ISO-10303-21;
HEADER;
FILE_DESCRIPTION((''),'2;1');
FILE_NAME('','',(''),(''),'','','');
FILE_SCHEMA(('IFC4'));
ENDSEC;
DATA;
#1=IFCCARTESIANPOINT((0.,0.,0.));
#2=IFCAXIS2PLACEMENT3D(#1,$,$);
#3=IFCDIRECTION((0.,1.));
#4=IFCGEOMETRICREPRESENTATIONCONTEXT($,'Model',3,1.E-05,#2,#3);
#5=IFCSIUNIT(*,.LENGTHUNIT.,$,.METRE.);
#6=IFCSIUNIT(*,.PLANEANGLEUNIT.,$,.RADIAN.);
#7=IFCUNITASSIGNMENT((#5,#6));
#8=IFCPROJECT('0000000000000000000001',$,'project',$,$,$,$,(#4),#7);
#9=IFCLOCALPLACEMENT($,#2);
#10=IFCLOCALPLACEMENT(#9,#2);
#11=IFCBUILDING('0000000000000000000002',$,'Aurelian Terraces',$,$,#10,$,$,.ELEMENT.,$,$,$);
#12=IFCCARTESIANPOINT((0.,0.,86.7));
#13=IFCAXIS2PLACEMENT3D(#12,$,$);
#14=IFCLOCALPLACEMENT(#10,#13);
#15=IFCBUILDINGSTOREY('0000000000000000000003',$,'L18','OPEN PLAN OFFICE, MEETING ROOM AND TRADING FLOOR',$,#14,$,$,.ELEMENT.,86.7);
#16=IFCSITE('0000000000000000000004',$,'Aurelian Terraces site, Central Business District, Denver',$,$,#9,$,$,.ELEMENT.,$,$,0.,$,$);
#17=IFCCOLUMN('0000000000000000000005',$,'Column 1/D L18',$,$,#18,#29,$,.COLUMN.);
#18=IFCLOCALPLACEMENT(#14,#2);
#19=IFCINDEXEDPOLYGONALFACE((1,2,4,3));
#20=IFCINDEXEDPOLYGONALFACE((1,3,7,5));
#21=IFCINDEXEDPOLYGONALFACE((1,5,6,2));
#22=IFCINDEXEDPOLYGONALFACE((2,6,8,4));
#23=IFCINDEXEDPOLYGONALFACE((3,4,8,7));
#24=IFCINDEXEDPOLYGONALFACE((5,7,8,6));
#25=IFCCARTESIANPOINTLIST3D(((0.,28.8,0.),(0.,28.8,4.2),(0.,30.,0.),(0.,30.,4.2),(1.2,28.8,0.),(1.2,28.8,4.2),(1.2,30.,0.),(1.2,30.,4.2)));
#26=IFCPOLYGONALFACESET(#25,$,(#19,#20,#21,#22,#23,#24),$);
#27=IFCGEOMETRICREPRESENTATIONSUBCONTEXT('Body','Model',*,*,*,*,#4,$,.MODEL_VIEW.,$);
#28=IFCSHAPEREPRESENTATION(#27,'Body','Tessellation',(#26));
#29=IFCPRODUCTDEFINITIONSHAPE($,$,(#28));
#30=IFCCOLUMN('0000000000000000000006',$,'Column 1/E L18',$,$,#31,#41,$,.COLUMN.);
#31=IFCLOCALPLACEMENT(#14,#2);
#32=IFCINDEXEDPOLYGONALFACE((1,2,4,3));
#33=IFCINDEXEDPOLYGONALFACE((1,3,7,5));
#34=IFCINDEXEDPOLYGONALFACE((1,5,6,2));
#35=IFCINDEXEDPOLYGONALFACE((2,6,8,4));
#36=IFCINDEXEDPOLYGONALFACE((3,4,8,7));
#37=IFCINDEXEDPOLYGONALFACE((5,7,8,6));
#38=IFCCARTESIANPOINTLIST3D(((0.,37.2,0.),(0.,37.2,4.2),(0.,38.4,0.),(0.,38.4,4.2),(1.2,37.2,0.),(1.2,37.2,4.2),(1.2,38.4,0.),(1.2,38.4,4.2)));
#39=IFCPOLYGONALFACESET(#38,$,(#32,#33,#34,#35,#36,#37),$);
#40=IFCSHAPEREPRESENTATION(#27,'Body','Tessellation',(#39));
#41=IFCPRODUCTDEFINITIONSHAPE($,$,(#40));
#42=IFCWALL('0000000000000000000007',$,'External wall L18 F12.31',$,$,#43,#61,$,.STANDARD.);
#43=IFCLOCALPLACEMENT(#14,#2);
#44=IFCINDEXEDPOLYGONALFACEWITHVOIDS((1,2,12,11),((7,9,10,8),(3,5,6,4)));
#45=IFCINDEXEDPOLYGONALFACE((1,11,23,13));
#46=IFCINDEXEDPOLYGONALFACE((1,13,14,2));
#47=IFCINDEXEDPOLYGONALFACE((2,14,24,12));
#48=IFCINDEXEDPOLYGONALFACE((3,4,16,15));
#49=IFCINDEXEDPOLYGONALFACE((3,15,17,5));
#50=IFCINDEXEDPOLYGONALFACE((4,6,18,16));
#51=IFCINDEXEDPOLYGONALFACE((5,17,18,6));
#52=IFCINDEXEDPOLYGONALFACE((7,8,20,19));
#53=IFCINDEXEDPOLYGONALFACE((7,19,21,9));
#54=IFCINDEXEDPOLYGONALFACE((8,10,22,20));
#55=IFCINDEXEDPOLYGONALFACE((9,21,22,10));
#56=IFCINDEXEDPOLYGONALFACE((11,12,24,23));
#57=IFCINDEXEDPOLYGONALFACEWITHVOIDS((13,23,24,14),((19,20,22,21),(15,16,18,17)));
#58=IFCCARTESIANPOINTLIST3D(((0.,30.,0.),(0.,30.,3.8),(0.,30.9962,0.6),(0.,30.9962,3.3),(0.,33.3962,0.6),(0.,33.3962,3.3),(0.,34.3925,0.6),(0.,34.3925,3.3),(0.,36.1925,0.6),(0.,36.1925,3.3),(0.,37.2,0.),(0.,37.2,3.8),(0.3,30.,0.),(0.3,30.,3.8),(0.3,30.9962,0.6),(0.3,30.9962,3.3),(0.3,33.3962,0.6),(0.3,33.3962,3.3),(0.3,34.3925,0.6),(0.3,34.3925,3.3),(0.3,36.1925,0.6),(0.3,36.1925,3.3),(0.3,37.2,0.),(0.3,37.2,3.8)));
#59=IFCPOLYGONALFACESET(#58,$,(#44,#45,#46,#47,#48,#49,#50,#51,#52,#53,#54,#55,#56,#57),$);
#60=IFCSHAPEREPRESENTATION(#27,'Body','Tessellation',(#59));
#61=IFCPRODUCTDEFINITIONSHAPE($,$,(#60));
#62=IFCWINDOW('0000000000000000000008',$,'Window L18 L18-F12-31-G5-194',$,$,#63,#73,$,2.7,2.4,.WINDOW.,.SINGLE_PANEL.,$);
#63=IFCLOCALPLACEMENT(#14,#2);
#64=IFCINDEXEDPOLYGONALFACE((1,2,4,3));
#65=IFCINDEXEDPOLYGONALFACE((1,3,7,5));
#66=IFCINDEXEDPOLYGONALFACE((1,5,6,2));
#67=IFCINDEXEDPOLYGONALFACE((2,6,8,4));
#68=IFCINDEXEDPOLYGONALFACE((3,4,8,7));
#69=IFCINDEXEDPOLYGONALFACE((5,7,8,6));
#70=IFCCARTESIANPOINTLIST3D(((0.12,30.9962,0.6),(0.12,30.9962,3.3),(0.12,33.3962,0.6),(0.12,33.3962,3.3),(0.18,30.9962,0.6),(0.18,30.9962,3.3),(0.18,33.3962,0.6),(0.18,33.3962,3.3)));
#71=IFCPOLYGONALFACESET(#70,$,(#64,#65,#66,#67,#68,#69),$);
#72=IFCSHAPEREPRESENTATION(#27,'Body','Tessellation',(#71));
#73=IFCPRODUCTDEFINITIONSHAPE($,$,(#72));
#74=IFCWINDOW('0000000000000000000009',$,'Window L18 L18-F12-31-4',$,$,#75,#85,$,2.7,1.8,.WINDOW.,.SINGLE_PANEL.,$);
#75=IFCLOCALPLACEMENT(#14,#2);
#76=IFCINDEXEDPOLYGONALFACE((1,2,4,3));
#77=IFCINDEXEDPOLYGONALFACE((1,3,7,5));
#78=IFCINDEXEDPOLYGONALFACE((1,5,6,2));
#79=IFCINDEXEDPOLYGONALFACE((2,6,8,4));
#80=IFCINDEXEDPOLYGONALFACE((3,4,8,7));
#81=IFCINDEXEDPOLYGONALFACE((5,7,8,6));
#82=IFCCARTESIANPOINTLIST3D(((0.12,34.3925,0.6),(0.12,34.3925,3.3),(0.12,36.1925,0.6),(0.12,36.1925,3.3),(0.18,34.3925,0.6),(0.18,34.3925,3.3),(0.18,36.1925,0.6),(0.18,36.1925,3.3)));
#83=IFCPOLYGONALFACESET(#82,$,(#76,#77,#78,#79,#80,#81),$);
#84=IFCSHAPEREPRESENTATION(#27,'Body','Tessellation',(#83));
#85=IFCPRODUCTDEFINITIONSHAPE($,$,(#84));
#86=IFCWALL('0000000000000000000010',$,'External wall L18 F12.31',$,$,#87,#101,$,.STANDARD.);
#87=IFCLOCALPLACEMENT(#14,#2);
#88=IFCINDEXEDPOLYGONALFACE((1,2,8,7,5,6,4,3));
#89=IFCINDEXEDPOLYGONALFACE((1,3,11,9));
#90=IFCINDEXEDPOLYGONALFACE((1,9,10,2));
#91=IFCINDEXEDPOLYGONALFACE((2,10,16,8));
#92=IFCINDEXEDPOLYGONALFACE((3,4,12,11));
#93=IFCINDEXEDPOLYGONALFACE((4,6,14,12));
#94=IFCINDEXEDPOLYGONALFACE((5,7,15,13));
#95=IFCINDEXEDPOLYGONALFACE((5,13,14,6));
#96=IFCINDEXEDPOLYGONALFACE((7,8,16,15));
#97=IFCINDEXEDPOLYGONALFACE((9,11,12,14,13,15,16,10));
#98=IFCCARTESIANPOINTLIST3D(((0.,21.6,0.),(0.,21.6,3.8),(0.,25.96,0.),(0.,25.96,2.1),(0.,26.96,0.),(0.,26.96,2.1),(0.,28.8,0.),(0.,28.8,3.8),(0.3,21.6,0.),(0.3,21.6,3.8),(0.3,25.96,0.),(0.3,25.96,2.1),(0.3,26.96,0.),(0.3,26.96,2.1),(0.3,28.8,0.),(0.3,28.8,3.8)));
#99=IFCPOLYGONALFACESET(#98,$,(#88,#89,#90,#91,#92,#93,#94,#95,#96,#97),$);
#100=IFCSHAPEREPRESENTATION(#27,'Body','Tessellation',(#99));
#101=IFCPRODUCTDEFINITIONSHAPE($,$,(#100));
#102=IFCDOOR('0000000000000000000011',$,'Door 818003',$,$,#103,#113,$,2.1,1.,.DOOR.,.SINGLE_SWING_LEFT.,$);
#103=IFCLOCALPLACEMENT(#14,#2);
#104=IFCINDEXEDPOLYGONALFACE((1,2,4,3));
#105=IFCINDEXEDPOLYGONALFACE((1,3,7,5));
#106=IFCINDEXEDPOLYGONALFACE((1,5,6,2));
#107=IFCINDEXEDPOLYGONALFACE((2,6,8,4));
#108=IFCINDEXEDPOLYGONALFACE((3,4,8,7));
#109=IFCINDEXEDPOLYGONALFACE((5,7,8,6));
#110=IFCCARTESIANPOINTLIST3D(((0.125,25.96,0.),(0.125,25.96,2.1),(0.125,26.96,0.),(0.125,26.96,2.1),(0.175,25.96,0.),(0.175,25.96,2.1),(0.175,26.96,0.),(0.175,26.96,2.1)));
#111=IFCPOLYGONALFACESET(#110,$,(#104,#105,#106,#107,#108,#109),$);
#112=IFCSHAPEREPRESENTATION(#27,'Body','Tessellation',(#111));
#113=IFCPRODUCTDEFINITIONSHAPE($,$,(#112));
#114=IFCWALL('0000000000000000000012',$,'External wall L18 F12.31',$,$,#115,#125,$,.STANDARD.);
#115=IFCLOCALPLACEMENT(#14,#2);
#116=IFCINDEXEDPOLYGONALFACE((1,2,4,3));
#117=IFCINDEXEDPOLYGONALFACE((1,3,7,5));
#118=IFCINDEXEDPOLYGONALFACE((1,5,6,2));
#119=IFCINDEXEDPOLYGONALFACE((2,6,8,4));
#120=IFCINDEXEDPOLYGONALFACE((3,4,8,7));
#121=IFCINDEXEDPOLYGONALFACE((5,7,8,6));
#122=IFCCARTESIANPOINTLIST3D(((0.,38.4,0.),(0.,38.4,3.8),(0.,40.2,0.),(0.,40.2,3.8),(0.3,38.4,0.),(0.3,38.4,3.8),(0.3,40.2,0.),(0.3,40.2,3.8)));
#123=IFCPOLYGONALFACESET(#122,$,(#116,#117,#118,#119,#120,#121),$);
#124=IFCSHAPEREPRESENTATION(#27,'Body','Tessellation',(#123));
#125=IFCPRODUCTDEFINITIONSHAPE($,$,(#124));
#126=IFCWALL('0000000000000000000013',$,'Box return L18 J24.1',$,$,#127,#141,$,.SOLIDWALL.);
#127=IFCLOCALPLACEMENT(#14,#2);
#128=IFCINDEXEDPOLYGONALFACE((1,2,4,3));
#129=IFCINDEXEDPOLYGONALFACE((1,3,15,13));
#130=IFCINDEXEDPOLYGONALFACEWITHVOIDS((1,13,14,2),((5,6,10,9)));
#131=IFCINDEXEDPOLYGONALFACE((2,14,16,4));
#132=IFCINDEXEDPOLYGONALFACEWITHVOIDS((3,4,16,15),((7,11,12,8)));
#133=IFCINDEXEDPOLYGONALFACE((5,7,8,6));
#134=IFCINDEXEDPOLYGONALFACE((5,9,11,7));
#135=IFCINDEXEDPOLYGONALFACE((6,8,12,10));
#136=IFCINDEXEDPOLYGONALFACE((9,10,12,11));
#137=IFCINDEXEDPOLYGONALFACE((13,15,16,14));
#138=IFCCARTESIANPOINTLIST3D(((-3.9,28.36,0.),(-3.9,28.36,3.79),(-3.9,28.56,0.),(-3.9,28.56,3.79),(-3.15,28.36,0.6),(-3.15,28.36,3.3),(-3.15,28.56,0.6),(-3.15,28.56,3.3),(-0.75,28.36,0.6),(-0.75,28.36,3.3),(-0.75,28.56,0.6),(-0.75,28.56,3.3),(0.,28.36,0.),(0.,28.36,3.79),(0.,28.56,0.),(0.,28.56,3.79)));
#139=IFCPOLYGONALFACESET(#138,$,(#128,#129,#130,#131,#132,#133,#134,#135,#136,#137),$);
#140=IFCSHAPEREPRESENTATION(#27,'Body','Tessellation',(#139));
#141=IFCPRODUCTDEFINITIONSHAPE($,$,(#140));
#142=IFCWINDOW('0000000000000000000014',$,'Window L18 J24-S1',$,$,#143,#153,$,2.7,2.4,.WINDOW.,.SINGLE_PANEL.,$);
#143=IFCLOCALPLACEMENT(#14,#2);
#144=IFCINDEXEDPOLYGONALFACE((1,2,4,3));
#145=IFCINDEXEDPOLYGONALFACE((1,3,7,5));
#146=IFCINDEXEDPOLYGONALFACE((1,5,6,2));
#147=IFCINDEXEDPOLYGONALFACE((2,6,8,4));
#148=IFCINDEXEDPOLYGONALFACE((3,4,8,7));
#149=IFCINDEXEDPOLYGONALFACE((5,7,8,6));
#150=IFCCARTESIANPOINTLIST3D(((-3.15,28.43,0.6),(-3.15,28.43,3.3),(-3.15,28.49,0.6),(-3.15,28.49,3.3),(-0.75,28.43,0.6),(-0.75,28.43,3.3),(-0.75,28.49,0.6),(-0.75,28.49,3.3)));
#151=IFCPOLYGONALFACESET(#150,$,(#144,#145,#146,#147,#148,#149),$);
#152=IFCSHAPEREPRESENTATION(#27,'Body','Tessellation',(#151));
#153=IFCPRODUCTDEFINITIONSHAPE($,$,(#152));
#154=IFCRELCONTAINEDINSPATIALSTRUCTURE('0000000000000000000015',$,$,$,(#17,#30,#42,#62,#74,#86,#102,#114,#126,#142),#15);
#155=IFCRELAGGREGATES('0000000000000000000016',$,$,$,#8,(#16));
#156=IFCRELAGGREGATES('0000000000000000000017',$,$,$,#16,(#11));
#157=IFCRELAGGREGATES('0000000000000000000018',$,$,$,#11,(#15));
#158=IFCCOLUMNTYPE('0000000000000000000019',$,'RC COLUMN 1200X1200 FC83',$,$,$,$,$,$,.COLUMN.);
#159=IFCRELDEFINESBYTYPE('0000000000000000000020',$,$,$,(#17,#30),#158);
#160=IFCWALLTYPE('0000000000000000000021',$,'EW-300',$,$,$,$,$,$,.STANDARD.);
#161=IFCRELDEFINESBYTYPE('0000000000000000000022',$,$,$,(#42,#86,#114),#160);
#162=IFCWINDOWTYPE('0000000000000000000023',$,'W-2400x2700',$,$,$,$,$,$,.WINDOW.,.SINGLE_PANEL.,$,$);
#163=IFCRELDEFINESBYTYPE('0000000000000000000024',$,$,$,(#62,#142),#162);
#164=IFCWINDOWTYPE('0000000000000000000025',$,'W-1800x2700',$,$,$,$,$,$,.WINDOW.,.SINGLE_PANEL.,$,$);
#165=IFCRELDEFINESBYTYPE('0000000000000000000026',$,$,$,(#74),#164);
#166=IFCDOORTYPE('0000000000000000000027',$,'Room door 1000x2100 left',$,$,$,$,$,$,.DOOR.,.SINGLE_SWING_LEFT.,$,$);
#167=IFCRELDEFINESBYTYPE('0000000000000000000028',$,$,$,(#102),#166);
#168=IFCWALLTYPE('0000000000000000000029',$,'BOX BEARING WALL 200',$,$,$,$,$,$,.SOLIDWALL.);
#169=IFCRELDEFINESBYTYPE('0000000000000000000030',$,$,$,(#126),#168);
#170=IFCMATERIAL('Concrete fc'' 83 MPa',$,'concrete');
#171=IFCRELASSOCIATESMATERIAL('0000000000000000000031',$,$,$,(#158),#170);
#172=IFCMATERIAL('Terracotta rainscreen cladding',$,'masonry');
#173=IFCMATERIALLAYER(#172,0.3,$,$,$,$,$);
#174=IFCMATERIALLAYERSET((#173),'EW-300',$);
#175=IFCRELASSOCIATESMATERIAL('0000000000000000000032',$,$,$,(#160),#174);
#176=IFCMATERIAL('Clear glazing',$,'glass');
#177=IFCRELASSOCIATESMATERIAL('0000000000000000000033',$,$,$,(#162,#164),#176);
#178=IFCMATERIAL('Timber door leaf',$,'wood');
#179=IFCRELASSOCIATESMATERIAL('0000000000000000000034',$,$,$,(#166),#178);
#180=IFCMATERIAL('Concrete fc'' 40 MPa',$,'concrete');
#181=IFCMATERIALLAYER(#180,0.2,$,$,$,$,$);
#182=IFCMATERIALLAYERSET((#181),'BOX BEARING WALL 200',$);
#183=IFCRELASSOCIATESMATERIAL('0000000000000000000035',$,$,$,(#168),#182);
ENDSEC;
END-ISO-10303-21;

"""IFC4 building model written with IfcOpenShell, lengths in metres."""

from ifc_helpers import new_model, si_unit, direction, frame, frame_2d, origin, origin_2d, place, context, subcontext, project, spatial, rectangle, extrude, source, transform, mapped, material, layer, layer_set, material_profile, profile_set, type_object, element, fill, save


model = new_model("IFC4")

# Units and contexts
model_context = context("Model", 3, precision=1e-05, world=origin(), true_north=direction((0.0, 1.0)))
body_context = subcontext(model_context, "Body", "Model", "MODEL_VIEW")
ifc_project = project(units=[si_unit("LENGTHUNIT", "METRE"), si_unit("PLANEANGLEUNIT", "RADIAN")], contexts=[model_context])

# Site, building, storey
site_placement = place(None, origin())
site = spatial("IfcSite", under=ifc_project, at=site_placement, Name="Aurelian Terraces site, Central Business District, Denver", CompositionType="ELEMENT", RefElevation=0.0)
building_placement = place(site_placement, origin())
building = spatial("IfcBuilding", under=site, at=building_placement, Name="Aurelian Terraces", CompositionType="ELEMENT")
storey_placement = place(building_placement, frame((0.0, 0.0, 86.7)))
storey = spatial("IfcBuildingStorey", under=building, at=storey_placement, Name="L18", Description="OPEN PLAN OFFICE, MEETING ROOM AND TRADING FLOOR", CompositionType="ELEMENT", Elevation=86.7)

# Columns
ifc_material_1 = material(Name="Concrete fc' 83 MPa", Category="concrete")
ifc_material_profile = material_profile(ifc_material_1, rectangle(XDim=1.2, YDim=1.2, at=origin_2d()))
ifc_profile_set = profile_set([ifc_material_profile], Name="Concrete fc' 83 MPa")
column_type = type_object("IfcColumnType", Name="RC COLUMN 1200X1200 FC83", PredefinedType="COLUMN", material=ifc_profile_set)
shared_shape_1 = source(origin(), body_context, "Body", "SweptSolid", [
    extrude(rectangle(XDim=1.2, YDim=1.2, at=origin_2d()), origin(), (0.0, 0.0, 1.0), 4.2),
])
for number, where, z_axis, x_axis, name in (
    (1, (0.6, 29.4, 0.0), (0.0, 0.0, 1.0), (1.0, 0.0, 0.0), "Column 1/D L18"),
    (2, (0.6, 37.8, 0.0), (0.0, 0.0, 1.0), (1.0, 0.0, 0.0), "Column 1/E L18"),
):
    element("IfcColumn", number, at=place(storey_placement, frame(where, z_axis=z_axis, x_axis=x_axis)), inside=storey, type_object=column_type, Name=name, PredefinedType="COLUMN", context=body_context, shape_type="MappedRepresentation", body=[
        mapped(shared_shape_1, transform((0.0, 0.0, 0.0), scale=1.0)),
    ])

# Wall, openings, windows
ifc_material_2 = material(Name="Terracotta rainscreen cladding", Category="masonry")
ifc_layer_1 = layer(ifc_material_2, 0.3)
ifc_layer_set_1 = layer_set([ifc_layer_1], Name="EW-300")
wall_type_1 = type_object("IfcWallType", Name="EW-300", PredefinedType="STANDARD", material=ifc_layer_set_1)
shared_shape_2 = source(origin(), body_context, "Body", "SweptSolid", [
    extrude(rectangle(XDim=7.2, YDim=0.3, at=frame_2d((3.6, 0.0))), origin(), (0.0, 0.0, 1.0), 3.8),
])
wall_1_placement = place(storey_placement, frame((0.15, 37.2, 0.0), z_axis=(0.0, 0.0, 1.0), x_axis=(0.0, -1.0, 0.0)))
wall_1 = element("IfcWall", 3, at=wall_1_placement, inside=storey, type_object=wall_type_1, Name="External wall L18 F12.31", PredefinedType="STANDARD", context=body_context, shape_type="MappedRepresentation", body=[
    mapped(shared_shape_2, transform((0.0, 0.0, 0.0), scale=1.0)),
])
shared_shape_3 = source(origin(), body_context, "Body", "SweptSolid", [
    extrude(rectangle(XDim=1.8, YDim=2.7, at=frame_2d((0.9, 1.35))), frame((0.0, 0.16, 0.0), z_axis=(0.0, -1.0, 0.0), x_axis=(1.0, 0.0, 0.0)), (0.0, 0.0, 1.0), 0.32),
])
opening_1_placement = place(wall_1_placement, frame((1.0075, 0.0, 0.6)))
opening_1 = element("IfcOpeningElement", 4, at=opening_1_placement, cuts=wall_1, PredefinedType="OPENING", context=body_context, shape_type="MappedRepresentation", body=[
    mapped(shared_shape_3, transform((0.0, 0.0, 0.0), scale=1.0)),
])
shared_shape_4 = source(origin(), body_context, "Body", "SweptSolid", [
    extrude(rectangle(XDim=2.4, YDim=2.7, at=frame_2d((1.2, 1.35))), frame((0.0, 0.16, 0.0), z_axis=(0.0, -1.0, 0.0), x_axis=(1.0, 0.0, 0.0)), (0.0, 0.0, 1.0), 0.32),
])
opening_2_placement = place(wall_1_placement, frame((3.8038, 0.0, 0.6)))
opening_2 = element("IfcOpeningElement", 5, at=opening_2_placement, cuts=wall_1, PredefinedType="OPENING", context=body_context, shape_type="MappedRepresentation", body=[
    mapped(shared_shape_4, transform((0.0, 0.0, 0.0), scale=1.0)),
])
ifc_material_3 = material(Name="Clear glazing", Category="glass")
window_type_1 = type_object("IfcWindowType", Name="W-2400x2700", PartitioningType="SINGLE_PANEL", PredefinedType="WINDOW", material=ifc_material_3)
shared_shape_5 = source(origin(), body_context, "Body", "SweptSolid", [
    extrude(rectangle(XDim=2.4, YDim=2.7, at=frame_2d((1.2, 1.35))), frame((0.0, 0.03, 0.0), z_axis=(0.0, -1.0, 0.0), x_axis=(1.0, 0.0, 0.0)), (0.0, 0.0, 1.0), 0.06),
])
window_1_placement = place(opening_2_placement, origin())
window_1 = element("IfcWindow", 6, at=window_1_placement, inside=storey, type_object=window_type_1, Name="Window L18 L18-F12-31-G5-194", OverallHeight=2.7, OverallWidth=2.4, PartitioningType="SINGLE_PANEL", PredefinedType="WINDOW", context=body_context, shape_type="MappedRepresentation", body=[
    mapped(shared_shape_5, transform((0.0, 0.0, 0.0), scale=1.0)),
])
fill(opening_2, window_1)
window_type_2 = type_object("IfcWindowType", Name="W-1800x2700", PartitioningType="SINGLE_PANEL", PredefinedType="WINDOW", material=ifc_material_3)
shared_shape_6 = source(origin(), body_context, "Body", "SweptSolid", [
    extrude(rectangle(XDim=1.8, YDim=2.7, at=frame_2d((0.9, 1.35))), frame((0.0, 0.03, 0.0), z_axis=(0.0, -1.0, 0.0), x_axis=(1.0, 0.0, 0.0)), (0.0, 0.0, 1.0), 0.06),
])
window_2_placement = place(opening_1_placement, origin())
window_2 = element("IfcWindow", 7, at=window_2_placement, inside=storey, type_object=window_type_2, Name="Window L18 L18-F12-31-4", OverallHeight=2.7, OverallWidth=1.8, PartitioningType="SINGLE_PANEL", PredefinedType="WINDOW", context=body_context, shape_type="MappedRepresentation", body=[
    mapped(shared_shape_6, transform((0.0, 0.0, 0.0), scale=1.0)),
])
fill(opening_1, window_2)

# Wall, opening, door
wall_2_placement = place(storey_placement, frame((0.15, 28.8, 0.0), z_axis=(0.0, 0.0, 1.0), x_axis=(0.0, -1.0, 0.0)))
wall_2 = element("IfcWall", 8, at=wall_2_placement, inside=storey, type_object=wall_type_1, Name="External wall L18 F12.31", PredefinedType="STANDARD", context=body_context, shape_type="MappedRepresentation", body=[
    mapped(shared_shape_2, transform((0.0, 0.0, 0.0), scale=1.0)),
])
shared_shape_7 = source(origin(), body_context, "Body", "SweptSolid", [
    extrude(rectangle(XDim=1.0, YDim=2.1, at=frame_2d((0.5, 1.05))), frame((0.0, 0.16, 0.0), z_axis=(0.0, -1.0, 0.0), x_axis=(1.0, 0.0, 0.0)), (0.0, 0.0, 1.0), 0.32),
])
opening_3_placement = place(wall_2_placement, frame((1.84, 0.0, 0.0)))
opening_3 = element("IfcOpeningElement", 9, at=opening_3_placement, cuts=wall_2, PredefinedType="OPENING", context=body_context, shape_type="MappedRepresentation", body=[
    mapped(shared_shape_7, transform((0.0, 0.0, 0.0), scale=1.0)),
])
ifc_material_4 = material(Name="Timber door leaf", Category="wood")
door_type_1 = type_object("IfcDoorType", Name="Room door 1000x2100 left", OperationType="SINGLE_SWING_LEFT", PredefinedType="DOOR", material=ifc_material_4)
shared_shape_8 = source(origin(), body_context, "Body", "SweptSolid", [
    extrude(rectangle(XDim=1.0, YDim=2.1, at=frame_2d((0.5, 1.05))), frame((0.0, 0.025, 0.0), z_axis=(0.0, -1.0, 0.0), x_axis=(1.0, 0.0, 0.0)), (0.0, 0.0, 1.0), 0.05),
])
door_1_placement = place(opening_3_placement, origin())
door_1 = element("IfcDoor", 10, at=door_1_placement, inside=storey, type_object=door_type_1, Name="Door 818003", OperationType="SINGLE_SWING_LEFT", OverallHeight=2.1, OverallWidth=1.0, PredefinedType="DOOR", context=body_context, shape_type="MappedRepresentation", body=[
    mapped(shared_shape_8, transform((0.0, 0.0, 0.0), scale=1.0)),
])
fill(opening_3, door_1)

# Wall
shared_shape_9 = source(origin(), body_context, "Body", "SweptSolid", [
    extrude(rectangle(XDim=1.8, YDim=0.3, at=frame_2d((0.9, 0.0))), origin(), (0.0, 0.0, 1.0), 3.8),
])
wall_3_placement = place(storey_placement, frame((0.15, 40.2, 0.0), z_axis=(0.0, 0.0, 1.0), x_axis=(0.0, -1.0, 0.0)))
element("IfcWall", 11, at=wall_3_placement, inside=storey, type_object=wall_type_1, Name="External wall L18 F12.31", PredefinedType="STANDARD", context=body_context, shape_type="MappedRepresentation", body=[
    mapped(shared_shape_9, transform((0.0, 0.0, 0.0), scale=1.0)),
])

# Wall, opening, window
ifc_material_5 = material(Name="Concrete fc' 40 MPa", Category="concrete")
ifc_layer_2 = layer(ifc_material_5, 0.2)
ifc_layer_set_2 = layer_set([ifc_layer_2], Name="BOX BEARING WALL 200")
wall_type_2 = type_object("IfcWallType", Name="BOX BEARING WALL 200", PredefinedType="SOLIDWALL", material=ifc_layer_set_2)
shared_shape_10 = source(origin(), body_context, "Body", "SweptSolid", [
    extrude(rectangle(XDim=3.9, YDim=0.2, at=frame_2d((1.95, 0.0))), origin(), (0.0, 0.0, 1.0), 3.79),
])
wall_4_placement = place(storey_placement, frame((0.0, 28.46, 0.0), z_axis=(0.0, 0.0, 1.0), x_axis=(-1.0, 0.0, 0.0)))
wall_4 = element("IfcWall", 12, at=wall_4_placement, inside=storey, type_object=wall_type_2, Name="Box return L18 J24.1", PredefinedType="SOLIDWALL", context=body_context, shape_type="MappedRepresentation", body=[
    mapped(shared_shape_10, transform((0.0, 0.0, 0.0), scale=1.0)),
])
shared_shape_11 = source(origin(), body_context, "Body", "SweptSolid", [
    extrude(rectangle(XDim=2.4, YDim=2.7, at=frame_2d((1.2, 1.35))), frame((0.0, 0.11, 0.0), z_axis=(0.0, -1.0, 0.0), x_axis=(1.0, 0.0, 0.0)), (0.0, 0.0, 1.0), 0.22),
])
opening_4_placement = place(wall_4_placement, frame((0.75, 0.0, 0.6)))
opening_4 = element("IfcOpeningElement", 13, at=opening_4_placement, cuts=wall_4, PredefinedType="OPENING", context=body_context, shape_type="MappedRepresentation", body=[
    mapped(shared_shape_11, transform((0.0, 0.0, 0.0), scale=1.0)),
])
window_3_placement = place(opening_4_placement, origin())
window_3 = element("IfcWindow", 14, at=window_3_placement, inside=storey, type_object=window_type_1, Name="Window L18 J24-S1", OverallHeight=2.7, OverallWidth=2.4, PartitioningType="SINGLE_PANEL", PredefinedType="WINDOW", context=body_context, shape_type="MappedRepresentation", body=[
    mapped(shared_shape_5, transform((0.0, 0.0, 0.0), scale=1.0)),
])
fill(opening_4, window_3)

save(model, "model.ifc")
